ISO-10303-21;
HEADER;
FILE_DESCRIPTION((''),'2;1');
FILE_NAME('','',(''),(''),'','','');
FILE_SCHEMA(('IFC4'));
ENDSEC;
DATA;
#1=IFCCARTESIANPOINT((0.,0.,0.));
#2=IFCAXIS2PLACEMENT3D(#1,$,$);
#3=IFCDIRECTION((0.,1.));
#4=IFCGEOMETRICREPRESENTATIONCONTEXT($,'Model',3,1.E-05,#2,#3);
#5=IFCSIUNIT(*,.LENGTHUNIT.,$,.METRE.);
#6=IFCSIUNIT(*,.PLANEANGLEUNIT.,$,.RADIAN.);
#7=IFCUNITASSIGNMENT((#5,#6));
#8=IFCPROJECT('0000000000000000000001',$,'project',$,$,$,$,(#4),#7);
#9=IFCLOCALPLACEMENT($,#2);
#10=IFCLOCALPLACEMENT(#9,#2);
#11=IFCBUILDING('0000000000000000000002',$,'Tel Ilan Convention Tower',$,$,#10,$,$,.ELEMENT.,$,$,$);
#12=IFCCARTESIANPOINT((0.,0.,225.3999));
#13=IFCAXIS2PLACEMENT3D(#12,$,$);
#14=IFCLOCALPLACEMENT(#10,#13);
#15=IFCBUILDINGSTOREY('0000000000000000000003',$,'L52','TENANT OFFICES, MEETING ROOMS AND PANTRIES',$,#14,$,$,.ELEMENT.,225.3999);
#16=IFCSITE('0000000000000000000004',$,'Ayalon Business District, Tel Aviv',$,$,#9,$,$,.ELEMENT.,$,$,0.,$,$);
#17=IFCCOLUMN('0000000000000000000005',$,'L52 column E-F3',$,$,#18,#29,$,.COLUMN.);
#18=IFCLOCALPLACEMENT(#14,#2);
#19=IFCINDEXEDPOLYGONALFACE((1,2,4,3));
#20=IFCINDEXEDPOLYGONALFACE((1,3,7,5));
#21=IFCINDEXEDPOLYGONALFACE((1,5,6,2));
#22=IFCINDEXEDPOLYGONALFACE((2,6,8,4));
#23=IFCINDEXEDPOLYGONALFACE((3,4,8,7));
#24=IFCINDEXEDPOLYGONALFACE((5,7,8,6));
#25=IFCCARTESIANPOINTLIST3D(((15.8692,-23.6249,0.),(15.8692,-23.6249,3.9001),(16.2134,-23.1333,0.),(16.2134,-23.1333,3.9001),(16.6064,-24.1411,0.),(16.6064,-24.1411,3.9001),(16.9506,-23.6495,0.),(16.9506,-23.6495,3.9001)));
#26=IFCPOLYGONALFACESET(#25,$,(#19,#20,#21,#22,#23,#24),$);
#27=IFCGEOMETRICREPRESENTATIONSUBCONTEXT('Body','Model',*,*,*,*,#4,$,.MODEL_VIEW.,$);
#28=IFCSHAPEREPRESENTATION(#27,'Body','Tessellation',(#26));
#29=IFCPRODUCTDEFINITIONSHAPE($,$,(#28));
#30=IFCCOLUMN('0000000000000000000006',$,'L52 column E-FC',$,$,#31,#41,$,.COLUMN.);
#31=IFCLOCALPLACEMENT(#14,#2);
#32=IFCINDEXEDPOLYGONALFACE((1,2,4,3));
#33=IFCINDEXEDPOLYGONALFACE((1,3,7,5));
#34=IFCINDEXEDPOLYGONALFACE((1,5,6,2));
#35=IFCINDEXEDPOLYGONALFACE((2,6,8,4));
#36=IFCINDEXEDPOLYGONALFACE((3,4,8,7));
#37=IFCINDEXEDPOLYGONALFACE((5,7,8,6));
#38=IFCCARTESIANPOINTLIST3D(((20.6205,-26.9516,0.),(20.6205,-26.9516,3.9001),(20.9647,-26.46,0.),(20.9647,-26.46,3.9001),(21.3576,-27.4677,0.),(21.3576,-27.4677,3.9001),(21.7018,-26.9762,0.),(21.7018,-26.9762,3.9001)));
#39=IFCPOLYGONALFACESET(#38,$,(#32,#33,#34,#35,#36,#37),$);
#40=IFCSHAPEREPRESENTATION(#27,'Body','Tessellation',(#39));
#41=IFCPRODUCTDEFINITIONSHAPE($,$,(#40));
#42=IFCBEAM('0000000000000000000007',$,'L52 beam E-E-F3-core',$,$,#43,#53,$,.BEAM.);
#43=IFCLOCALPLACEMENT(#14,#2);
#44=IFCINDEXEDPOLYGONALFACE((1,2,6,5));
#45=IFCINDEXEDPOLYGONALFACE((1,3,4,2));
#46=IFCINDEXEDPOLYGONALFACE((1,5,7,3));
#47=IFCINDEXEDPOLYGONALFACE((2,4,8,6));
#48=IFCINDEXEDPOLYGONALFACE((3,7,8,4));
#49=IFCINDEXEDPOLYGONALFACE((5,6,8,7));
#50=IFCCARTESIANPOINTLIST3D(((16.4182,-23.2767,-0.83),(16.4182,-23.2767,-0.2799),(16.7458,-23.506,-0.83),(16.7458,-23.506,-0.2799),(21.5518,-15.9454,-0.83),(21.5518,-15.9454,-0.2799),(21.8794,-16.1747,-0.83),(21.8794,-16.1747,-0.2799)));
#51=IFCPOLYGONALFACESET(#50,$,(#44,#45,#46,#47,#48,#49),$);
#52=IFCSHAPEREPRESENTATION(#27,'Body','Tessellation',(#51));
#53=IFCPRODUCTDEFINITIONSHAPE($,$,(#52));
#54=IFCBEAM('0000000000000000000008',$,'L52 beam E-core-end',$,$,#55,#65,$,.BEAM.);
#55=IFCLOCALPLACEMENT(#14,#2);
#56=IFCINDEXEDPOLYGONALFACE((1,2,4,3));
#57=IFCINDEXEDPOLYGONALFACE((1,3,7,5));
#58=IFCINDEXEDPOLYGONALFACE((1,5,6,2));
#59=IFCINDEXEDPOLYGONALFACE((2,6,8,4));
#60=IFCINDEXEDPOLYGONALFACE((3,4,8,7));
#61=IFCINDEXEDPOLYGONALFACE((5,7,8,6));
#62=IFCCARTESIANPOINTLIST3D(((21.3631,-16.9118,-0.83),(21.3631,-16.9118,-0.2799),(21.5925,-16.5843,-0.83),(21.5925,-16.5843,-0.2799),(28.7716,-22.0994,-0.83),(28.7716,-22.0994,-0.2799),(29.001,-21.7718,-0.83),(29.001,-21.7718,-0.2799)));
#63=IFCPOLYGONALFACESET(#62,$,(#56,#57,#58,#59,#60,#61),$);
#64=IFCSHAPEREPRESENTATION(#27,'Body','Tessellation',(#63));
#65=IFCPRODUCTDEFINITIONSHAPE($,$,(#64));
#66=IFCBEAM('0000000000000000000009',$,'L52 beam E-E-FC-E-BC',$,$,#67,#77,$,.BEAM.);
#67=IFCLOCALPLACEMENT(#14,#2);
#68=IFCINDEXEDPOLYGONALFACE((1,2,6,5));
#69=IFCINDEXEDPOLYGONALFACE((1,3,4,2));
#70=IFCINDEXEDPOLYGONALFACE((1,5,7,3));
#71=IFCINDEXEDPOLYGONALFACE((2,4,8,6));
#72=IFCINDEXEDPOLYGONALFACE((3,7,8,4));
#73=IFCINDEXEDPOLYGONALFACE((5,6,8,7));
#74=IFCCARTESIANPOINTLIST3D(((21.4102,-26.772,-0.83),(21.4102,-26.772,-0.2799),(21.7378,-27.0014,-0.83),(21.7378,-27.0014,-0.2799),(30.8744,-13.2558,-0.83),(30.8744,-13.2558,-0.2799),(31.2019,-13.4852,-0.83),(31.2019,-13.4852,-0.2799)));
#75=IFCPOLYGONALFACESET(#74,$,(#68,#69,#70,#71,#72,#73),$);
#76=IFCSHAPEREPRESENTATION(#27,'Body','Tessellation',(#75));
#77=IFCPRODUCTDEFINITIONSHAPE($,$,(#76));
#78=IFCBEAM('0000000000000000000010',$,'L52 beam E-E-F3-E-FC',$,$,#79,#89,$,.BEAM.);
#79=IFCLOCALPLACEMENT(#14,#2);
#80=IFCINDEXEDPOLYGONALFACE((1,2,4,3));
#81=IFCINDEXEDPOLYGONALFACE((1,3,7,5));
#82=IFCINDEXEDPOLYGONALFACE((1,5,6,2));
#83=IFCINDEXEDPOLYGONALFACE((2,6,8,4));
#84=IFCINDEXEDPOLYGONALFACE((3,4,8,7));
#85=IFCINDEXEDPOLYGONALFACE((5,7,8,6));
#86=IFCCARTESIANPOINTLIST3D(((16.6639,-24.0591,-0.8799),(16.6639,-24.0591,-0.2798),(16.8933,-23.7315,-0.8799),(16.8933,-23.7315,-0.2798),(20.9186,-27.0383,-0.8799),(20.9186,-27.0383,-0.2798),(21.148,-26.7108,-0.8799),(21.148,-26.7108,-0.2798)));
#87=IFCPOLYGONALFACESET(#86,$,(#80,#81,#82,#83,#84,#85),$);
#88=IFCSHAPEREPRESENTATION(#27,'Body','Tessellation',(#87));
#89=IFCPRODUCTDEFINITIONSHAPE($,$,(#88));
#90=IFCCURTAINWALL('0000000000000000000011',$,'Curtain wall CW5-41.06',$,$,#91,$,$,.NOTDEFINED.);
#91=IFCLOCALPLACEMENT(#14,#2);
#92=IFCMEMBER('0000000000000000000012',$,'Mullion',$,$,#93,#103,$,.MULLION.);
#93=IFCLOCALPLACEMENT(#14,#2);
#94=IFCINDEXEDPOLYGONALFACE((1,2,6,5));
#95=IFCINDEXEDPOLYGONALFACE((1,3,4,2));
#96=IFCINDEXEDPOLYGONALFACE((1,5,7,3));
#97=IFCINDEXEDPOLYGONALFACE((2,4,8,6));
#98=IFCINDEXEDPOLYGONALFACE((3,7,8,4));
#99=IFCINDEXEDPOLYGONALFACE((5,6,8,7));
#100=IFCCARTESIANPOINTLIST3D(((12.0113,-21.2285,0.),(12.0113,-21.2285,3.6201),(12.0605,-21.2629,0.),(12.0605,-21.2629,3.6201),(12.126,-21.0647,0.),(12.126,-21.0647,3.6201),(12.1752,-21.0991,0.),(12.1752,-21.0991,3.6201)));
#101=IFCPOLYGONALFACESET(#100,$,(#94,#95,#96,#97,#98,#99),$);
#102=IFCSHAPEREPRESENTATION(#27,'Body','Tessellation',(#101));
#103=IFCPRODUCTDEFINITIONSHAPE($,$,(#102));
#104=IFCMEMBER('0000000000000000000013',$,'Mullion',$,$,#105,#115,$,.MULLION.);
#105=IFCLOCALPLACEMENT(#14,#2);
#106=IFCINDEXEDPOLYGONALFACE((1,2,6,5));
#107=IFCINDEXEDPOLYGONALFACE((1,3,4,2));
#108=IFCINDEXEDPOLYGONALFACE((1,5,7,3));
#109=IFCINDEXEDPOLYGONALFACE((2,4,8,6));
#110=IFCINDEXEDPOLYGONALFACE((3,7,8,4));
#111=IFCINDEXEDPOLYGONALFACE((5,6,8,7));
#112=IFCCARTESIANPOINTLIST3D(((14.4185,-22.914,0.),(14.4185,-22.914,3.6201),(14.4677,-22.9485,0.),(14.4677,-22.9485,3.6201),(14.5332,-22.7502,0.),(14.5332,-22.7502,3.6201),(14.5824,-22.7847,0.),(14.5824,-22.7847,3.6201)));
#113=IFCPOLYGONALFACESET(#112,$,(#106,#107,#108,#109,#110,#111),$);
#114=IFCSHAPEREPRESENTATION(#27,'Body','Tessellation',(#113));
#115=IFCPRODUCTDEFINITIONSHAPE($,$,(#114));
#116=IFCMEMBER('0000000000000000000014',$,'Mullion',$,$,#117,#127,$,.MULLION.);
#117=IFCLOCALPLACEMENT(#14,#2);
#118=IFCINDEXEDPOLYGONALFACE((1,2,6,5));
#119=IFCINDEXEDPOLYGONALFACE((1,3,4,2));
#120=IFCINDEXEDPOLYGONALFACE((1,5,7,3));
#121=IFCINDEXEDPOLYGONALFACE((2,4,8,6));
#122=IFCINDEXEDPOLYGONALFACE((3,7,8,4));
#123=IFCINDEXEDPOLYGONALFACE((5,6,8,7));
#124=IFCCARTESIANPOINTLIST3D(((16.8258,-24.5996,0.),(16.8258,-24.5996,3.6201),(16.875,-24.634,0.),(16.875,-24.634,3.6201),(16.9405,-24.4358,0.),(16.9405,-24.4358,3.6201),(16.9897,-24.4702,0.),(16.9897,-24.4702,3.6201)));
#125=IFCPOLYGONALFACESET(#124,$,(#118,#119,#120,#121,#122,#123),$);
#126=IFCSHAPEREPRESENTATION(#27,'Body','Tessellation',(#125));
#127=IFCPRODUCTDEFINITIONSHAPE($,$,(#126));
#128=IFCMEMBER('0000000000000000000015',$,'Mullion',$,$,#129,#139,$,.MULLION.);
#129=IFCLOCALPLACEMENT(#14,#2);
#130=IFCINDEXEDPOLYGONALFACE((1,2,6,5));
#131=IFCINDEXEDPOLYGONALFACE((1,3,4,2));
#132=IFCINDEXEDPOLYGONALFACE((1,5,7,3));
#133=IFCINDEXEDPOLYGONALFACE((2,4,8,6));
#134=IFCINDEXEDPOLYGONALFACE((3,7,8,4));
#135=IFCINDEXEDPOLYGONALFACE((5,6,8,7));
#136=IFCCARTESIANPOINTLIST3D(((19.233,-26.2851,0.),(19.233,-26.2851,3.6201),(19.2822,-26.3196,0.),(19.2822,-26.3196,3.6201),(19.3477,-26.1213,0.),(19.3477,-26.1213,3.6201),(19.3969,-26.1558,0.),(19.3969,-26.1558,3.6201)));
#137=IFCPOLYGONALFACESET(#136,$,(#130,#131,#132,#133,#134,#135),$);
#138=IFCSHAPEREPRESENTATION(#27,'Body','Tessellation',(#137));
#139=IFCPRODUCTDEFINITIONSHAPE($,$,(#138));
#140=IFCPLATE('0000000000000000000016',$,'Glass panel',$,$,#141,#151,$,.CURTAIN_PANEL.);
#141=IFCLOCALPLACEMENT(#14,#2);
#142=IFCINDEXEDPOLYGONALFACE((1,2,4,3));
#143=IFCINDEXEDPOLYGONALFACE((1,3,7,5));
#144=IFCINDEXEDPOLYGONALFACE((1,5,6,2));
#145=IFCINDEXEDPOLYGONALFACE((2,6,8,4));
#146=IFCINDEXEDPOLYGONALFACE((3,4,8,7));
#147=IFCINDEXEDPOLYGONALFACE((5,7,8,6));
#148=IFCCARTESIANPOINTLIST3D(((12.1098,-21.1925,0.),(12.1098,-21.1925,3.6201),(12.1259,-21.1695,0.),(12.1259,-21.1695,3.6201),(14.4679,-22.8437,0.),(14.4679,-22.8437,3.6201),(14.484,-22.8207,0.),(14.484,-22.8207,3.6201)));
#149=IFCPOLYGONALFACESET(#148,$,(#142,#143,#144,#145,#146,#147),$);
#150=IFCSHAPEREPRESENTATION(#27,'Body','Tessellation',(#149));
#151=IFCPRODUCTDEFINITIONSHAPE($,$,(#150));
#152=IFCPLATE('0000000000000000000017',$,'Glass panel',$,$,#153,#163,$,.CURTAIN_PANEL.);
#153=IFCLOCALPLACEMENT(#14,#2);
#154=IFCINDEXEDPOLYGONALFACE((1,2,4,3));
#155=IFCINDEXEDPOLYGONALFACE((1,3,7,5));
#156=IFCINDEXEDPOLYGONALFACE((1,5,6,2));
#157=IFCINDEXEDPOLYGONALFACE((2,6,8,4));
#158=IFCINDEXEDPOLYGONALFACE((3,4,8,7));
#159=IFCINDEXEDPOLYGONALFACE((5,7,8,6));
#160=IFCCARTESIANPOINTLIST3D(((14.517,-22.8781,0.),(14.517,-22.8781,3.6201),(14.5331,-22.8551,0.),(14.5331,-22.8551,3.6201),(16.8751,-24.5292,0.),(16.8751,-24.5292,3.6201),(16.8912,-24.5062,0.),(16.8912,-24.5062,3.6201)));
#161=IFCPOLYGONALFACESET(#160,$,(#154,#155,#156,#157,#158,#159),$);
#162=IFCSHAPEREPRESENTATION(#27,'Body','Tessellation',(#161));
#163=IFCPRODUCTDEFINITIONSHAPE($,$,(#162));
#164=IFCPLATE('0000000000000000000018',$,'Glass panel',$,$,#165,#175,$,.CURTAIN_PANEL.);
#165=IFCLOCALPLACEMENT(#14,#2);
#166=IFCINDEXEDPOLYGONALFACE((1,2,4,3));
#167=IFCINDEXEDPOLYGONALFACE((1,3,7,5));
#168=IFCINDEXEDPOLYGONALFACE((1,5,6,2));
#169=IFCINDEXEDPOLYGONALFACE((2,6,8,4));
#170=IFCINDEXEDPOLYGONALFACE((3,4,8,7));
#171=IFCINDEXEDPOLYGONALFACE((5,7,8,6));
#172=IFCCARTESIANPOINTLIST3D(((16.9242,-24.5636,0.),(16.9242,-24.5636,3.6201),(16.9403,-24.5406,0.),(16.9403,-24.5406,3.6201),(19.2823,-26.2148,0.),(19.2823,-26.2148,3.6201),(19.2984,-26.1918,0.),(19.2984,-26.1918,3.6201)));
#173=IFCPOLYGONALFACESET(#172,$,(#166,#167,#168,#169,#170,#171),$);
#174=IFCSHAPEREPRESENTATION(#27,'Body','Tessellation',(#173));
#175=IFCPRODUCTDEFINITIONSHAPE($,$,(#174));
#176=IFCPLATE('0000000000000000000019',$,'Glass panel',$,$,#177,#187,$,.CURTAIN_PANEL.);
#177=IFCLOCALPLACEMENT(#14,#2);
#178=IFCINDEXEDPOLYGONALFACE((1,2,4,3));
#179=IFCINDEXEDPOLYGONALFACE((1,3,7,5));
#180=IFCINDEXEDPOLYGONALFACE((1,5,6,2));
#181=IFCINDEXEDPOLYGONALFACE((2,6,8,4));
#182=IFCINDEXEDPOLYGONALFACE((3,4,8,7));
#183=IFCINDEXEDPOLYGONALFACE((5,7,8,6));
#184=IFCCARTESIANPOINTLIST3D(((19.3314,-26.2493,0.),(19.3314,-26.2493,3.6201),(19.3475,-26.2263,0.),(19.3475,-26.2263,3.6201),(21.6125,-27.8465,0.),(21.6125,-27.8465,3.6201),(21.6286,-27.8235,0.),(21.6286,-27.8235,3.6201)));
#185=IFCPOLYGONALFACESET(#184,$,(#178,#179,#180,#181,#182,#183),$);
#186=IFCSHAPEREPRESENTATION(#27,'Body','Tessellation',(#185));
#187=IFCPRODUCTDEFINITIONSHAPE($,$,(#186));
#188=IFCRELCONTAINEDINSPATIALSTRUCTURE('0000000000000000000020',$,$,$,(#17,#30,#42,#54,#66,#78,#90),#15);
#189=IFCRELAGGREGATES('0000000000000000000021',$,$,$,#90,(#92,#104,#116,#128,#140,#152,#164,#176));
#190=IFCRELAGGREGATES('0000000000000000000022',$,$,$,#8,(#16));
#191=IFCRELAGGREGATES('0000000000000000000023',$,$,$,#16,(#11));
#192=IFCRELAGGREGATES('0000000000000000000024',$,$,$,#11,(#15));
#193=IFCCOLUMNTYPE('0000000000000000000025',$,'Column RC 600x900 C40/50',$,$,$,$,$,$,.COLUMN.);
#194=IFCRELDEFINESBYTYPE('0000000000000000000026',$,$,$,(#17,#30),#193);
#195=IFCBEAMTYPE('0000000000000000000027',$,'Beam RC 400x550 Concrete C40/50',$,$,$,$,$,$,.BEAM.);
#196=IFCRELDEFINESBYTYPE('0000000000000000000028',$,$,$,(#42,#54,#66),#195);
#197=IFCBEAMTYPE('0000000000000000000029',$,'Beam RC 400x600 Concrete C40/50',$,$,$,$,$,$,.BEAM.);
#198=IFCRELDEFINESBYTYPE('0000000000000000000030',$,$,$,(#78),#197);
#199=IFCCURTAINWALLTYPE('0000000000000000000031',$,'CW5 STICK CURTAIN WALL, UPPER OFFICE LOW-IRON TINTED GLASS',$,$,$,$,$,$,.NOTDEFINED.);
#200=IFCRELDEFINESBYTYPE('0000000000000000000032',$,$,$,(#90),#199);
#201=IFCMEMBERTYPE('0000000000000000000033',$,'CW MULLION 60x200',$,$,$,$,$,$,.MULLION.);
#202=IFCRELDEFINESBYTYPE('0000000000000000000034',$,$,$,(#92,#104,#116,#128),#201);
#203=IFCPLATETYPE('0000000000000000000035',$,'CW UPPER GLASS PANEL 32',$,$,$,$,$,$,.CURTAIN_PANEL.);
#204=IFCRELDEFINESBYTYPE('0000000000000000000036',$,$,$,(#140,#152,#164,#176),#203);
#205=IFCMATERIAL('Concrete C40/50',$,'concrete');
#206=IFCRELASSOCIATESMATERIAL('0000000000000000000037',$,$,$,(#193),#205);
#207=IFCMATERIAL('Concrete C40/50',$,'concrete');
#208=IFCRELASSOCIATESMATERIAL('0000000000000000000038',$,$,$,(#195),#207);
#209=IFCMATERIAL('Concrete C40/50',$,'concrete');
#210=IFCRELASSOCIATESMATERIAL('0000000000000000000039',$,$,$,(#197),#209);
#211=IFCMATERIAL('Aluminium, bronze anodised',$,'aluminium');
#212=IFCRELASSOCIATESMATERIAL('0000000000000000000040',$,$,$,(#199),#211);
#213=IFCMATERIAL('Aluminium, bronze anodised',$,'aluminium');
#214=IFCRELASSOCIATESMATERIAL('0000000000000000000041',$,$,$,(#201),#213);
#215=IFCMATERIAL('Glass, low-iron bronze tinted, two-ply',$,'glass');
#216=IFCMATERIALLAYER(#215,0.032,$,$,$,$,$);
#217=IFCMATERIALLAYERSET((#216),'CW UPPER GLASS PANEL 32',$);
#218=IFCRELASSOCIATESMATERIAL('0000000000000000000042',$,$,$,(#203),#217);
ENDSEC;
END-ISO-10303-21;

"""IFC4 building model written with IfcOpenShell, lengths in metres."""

from ifc_helpers import new_model, si_unit, direction, frame, origin, origin_2d, place, context, subcontext, project, spatial, rectangle, extrude, material, layer, layer_set, material_profile, profile_set, type_object, element, aggregate, save


model = new_model("IFC4")

# Units and contexts
model_context = context("Model", 3, precision=1e-05, world=origin(), true_north=direction((0.0, 1.0)))
body_context = subcontext(model_context, "Body", "Model", "MODEL_VIEW")
ifc_project = project(units=[si_unit("LENGTHUNIT", "METRE"), si_unit("PLANEANGLEUNIT", "RADIAN")], contexts=[model_context])

# Site, building, storey
site_placement = place(None, origin())
site = spatial("IfcSite", under=ifc_project, at=site_placement, Name="Ayalon Business District, Tel Aviv", CompositionType="ELEMENT", RefElevation=0.0)
building_placement = place(site_placement, origin())
building = spatial("IfcBuilding", under=site, at=building_placement, Name="Tel Ilan Convention Tower", CompositionType="ELEMENT")
storey_placement = place(building_placement, frame((0.0, 0.0, 225.3999)))
storey = spatial("IfcBuildingStorey", under=building, at=storey_placement, Name="L52", Description="TENANT OFFICES, MEETING ROOMS AND PANTRIES", CompositionType="ELEMENT", Elevation=225.3999)

# Columns
ifc_material_1 = material(Name="Concrete C40/50", Category="concrete")
ifc_material_profile_1 = material_profile(ifc_material_1, rectangle(XDim=0.8999, YDim=0.6001, at=origin_2d()), Name="RC 600x900")
ifc_profile_set_1 = profile_set([ifc_material_profile_1], Name="Concrete C40/50")
column_type = type_object("IfcColumnType", Name="Column RC 600x900 C40/50", PredefinedType="COLUMN", material=ifc_profile_set_1)
for number, where, z_axis, x_axis, name in (
    (1, (16.4099, -23.6372, 0.0), (0.0, 0.0, 1.0), (0.819152, -0.573576, 0.0), "L52 column E-F3"),
    (2, (21.1611, -26.9639, 0.0), (0.0, 0.0, 1.0), (0.819152, -0.573576, 0.0), "L52 column E-FC"),
):
    element("IfcColumn", number, at=place(storey_placement, frame(where, z_axis=z_axis, x_axis=x_axis)), inside=storey, type_object=column_type, Name=name, PredefinedType="COLUMN", context=body_context, shape_type="SweptSolid", body=[
        extrude(rectangle(XDim=0.8999, YDim=0.6001, at=origin_2d()), origin(), (0.0, 0.0, 1.0), 3.9001),
    ])

# Beams
ifc_material_2 = material(Name="Concrete C40/50", Category="concrete")
ifc_material_profile_2 = material_profile(ifc_material_2, rectangle(XDim=0.3999, YDim=0.55, at=origin_2d()), Name="RC 400x550")
ifc_profile_set_2 = profile_set([ifc_material_profile_2], Name="Concrete C40/50")
beam_type_1 = type_object("IfcBeamType", Name="Beam RC 400x550 Concrete C40/50", PredefinedType="BEAM", material=ifc_profile_set_2)
beam_1_placement = place(storey_placement, frame((16.582, -23.3914, -0.5549), z_axis=(0.573585, 0.819146, 0.0), x_axis=(-0.819146, 0.573585, 0.0)))
element("IfcBeam", 3, at=beam_1_placement, inside=storey, type_object=beam_type_1, Name="L52 beam E-E-F3-core", PredefinedType="BEAM", context=body_context, shape_type="SweptSolid", body=[
    extrude(rectangle(XDim=0.3999, YDim=0.55, at=origin_2d()), origin(), (0.0, 0.0, 1.0), 8.95),
])
beam_2_placement = place(storey_placement, frame((21.4778, -16.748, -0.5549), z_axis=(0.819149, -0.57358, 0.0), x_axis=(0.57358, 0.819149, 0.0)))
element("IfcBeam", 4, at=beam_2_placement, inside=storey, type_object=beam_type_1, Name="L52 beam E-core-end", PredefinedType="BEAM", context=body_context, shape_type="SweptSolid", body=[
    extrude(rectangle(XDim=0.3999, YDim=0.55, at=origin_2d()), origin(), (0.0, 0.0, 1.0), 9.0442),
])
beam_3_placement = place(storey_placement, frame((21.574, -26.8867, -0.5549), z_axis=(0.573578, 0.819151, 0.0), x_axis=(-0.819151, 0.573578, 0.0)))
element("IfcBeam", 5, at=beam_3_placement, inside=storey, type_object=beam_type_1, Name="L52 beam E-E-FC-E-BC", PredefinedType="BEAM", context=body_context, shape_type="SweptSolid", body=[
    extrude(rectangle(XDim=0.3999, YDim=0.55, at=origin_2d()), origin(), (0.0, 0.0, 1.0), 16.5002),
])
ifc_material_3 = material(Name="Concrete C40/50", Category="concrete")
ifc_material_profile_3 = material_profile(ifc_material_3, rectangle(XDim=0.3999, YDim=0.6001, at=origin_2d()), Name="RC 400x600")
ifc_profile_set_3 = profile_set([ifc_material_profile_3], Name="Concrete C40/50")
beam_type_2 = type_object("IfcBeamType", Name="Beam RC 400x600 Concrete C40/50", PredefinedType="BEAM", material=ifc_profile_set_3)
beam_4_placement = place(storey_placement, frame((16.7786, -23.8953, -0.5798), z_axis=(0.819141, -0.573592, 0.0), x_axis=(0.573592, 0.819141, 0.0)))
element("IfcBeam", 6, at=beam_4_placement, inside=storey, type_object=beam_type_2, Name="L52 beam E-E-F3-E-FC", PredefinedType="BEAM", context=body_context, shape_type="SweptSolid", body=[
    extrude(rectangle(XDim=0.3999, YDim=0.6001, at=origin_2d()), origin(), (0.0, 0.0, 1.0), 5.1941),
])

# Curtain wall, members, plates
ifc_material_4 = material(Name="Aluminium, bronze anodised", Category="aluminium")
curtain_wall_type = type_object("IfcCurtainWallType", Name="CW5 STICK CURTAIN WALL, UPPER OFFICE LOW-IRON TINTED GLASS", PredefinedType="NOTDEFINED", material=ifc_material_4)
curtain_wall_placement = place(storey_placement, origin())
curtain_wall = element("IfcCurtainWall", 7, at=curtain_wall_placement, inside=storey, type_object=curtain_wall_type, Name="Curtain wall CW5-41.06", PredefinedType="NOTDEFINED")
ifc_material_5 = material(Name="Aluminium, bronze anodised", Category="aluminium")
ifc_material_profile_4 = material_profile(ifc_material_5, rectangle(XDim=0.0601, YDim=0.2, at=origin_2d()), Name="CW MULLION 60x200")
ifc_profile_set_4 = profile_set([ifc_material_profile_4], Name="Aluminium, bronze anodised")
member_type = type_object("IfcMemberType", Name="CW MULLION 60x200", PredefinedType="MULLION", material=ifc_profile_set_4)
member_1_placement = place(storey_placement, frame((12.0933, -21.1638, 0.0), z_axis=(0.0, 0.0, 1.0), x_axis=(0.819152, -0.573576, 0.0)))
member_1 = element("IfcMember", 8, at=member_1_placement, type_object=member_type, Name="Mullion", PredefinedType="MULLION", context=body_context, shape_type="SweptSolid", body=[
    extrude(rectangle(XDim=0.0601, YDim=0.2, at=origin_2d()), origin(), (0.0, 0.0, 1.0), 3.6201),
])
member_2_placement = place(storey_placement, frame((14.5005, -22.8494, 0.0), z_axis=(0.0, 0.0, 1.0), x_axis=(0.819152, -0.573576, 0.0)))
member_2 = element("IfcMember", 9, at=member_2_placement, type_object=member_type, Name="Mullion", PredefinedType="MULLION", context=body_context, shape_type="SweptSolid", body=[
    extrude(rectangle(XDim=0.0601, YDim=0.2, at=origin_2d()), origin(), (0.0, 0.0, 1.0), 3.6201),
])
member_3_placement = place(storey_placement, frame((16.9077, -24.5349, 0.0), z_axis=(0.0, 0.0, 1.0), x_axis=(0.819152, -0.573576, 0.0)))
member_3 = element("IfcMember", 10, at=member_3_placement, type_object=member_type, Name="Mullion", PredefinedType="MULLION", context=body_context, shape_type="SweptSolid", body=[
    extrude(rectangle(XDim=0.0601, YDim=0.2, at=origin_2d()), origin(), (0.0, 0.0, 1.0), 3.6201),
])
member_4_placement = place(storey_placement, frame((19.3149, -26.2205, 0.0), z_axis=(0.0, 0.0, 1.0), x_axis=(0.819152, -0.573576, 0.0)))
member_4 = element("IfcMember", 11, at=member_4_placement, type_object=member_type, Name="Mullion", PredefinedType="MULLION", context=body_context, shape_type="SweptSolid", body=[
    extrude(rectangle(XDim=0.0601, YDim=0.2, at=origin_2d()), origin(), (0.0, 0.0, 1.0), 3.6201),
])
ifc_material_6 = material(Name="Glass, low-iron bronze tinted, two-ply", Category="glass")
ifc_layer_1 = layer(ifc_material_6, 0.032)
ifc_layer_set_1 = layer_set([ifc_layer_1], Name="CW UPPER GLASS PANEL 32")
plate_type = type_object("IfcPlateType", Name="CW UPPER GLASS PANEL 32", PredefinedType="CURTAIN_PANEL", material=ifc_layer_set_1)
plate_1_placement = place(storey_placement, frame((13.2969, -22.0066, 0.0), z_axis=(0.0, 0.0, 1.0), x_axis=(0.819152, -0.573576, 0.0)))
plate_1 = element("IfcPlate", 12, at=plate_1_placement, type_object=plate_type, Name="Glass panel", PredefinedType="CURTAIN_PANEL", context=body_context, shape_type="SweptSolid", body=[
    extrude(rectangle(XDim=2.8787, YDim=0.0281, at=origin_2d()), origin(), (0.0, 0.0, 1.0), 3.6201),
])
plate_2_placement = place(storey_placement, frame((15.7041, -23.6921, 0.0), z_axis=(0.0, 0.0, 1.0), x_axis=(0.819152, -0.573576, 0.0)))
plate_2 = element("IfcPlate", 13, at=plate_2_placement, type_object=plate_type, Name="Glass panel", PredefinedType="CURTAIN_PANEL", context=body_context, shape_type="SweptSolid", body=[
    extrude(rectangle(XDim=2.8787, YDim=0.0281, at=origin_2d()), origin(), (0.0, 0.0, 1.0), 3.6201),
])
plate_3_placement = place(storey_placement, frame((18.1113, -25.3777, 0.0), z_axis=(0.0, 0.0, 1.0), x_axis=(0.819152, -0.573576, 0.0)))
plate_3 = element("IfcPlate", 14, at=plate_3_placement, type_object=plate_type, Name="Glass panel", PredefinedType="CURTAIN_PANEL", context=body_context, shape_type="SweptSolid", body=[
    extrude(rectangle(XDim=2.8787, YDim=0.0281, at=origin_2d()), origin(), (0.0, 0.0, 1.0), 3.6201),
])
plate_4_placement = place(storey_placement, frame((20.48, -27.0364, 0.0), z_axis=(0.0, 0.0, 1.0), x_axis=(0.819152, -0.573576, 0.0)))
plate_4 = element("IfcPlate", 15, at=plate_4_placement, type_object=plate_type, Name="Glass panel", PredefinedType="CURTAIN_PANEL", context=body_context, shape_type="SweptSolid", body=[
    extrude(rectangle(XDim=2.7847, YDim=0.0281, at=origin_2d()), origin(), (0.0, 0.0, 1.0), 3.6201),
])
aggregate(curtain_wall, [member_1, member_2, member_3, member_4, plate_1, plate_2, plate_3, plate_4])

save(model, "model.ifc")
